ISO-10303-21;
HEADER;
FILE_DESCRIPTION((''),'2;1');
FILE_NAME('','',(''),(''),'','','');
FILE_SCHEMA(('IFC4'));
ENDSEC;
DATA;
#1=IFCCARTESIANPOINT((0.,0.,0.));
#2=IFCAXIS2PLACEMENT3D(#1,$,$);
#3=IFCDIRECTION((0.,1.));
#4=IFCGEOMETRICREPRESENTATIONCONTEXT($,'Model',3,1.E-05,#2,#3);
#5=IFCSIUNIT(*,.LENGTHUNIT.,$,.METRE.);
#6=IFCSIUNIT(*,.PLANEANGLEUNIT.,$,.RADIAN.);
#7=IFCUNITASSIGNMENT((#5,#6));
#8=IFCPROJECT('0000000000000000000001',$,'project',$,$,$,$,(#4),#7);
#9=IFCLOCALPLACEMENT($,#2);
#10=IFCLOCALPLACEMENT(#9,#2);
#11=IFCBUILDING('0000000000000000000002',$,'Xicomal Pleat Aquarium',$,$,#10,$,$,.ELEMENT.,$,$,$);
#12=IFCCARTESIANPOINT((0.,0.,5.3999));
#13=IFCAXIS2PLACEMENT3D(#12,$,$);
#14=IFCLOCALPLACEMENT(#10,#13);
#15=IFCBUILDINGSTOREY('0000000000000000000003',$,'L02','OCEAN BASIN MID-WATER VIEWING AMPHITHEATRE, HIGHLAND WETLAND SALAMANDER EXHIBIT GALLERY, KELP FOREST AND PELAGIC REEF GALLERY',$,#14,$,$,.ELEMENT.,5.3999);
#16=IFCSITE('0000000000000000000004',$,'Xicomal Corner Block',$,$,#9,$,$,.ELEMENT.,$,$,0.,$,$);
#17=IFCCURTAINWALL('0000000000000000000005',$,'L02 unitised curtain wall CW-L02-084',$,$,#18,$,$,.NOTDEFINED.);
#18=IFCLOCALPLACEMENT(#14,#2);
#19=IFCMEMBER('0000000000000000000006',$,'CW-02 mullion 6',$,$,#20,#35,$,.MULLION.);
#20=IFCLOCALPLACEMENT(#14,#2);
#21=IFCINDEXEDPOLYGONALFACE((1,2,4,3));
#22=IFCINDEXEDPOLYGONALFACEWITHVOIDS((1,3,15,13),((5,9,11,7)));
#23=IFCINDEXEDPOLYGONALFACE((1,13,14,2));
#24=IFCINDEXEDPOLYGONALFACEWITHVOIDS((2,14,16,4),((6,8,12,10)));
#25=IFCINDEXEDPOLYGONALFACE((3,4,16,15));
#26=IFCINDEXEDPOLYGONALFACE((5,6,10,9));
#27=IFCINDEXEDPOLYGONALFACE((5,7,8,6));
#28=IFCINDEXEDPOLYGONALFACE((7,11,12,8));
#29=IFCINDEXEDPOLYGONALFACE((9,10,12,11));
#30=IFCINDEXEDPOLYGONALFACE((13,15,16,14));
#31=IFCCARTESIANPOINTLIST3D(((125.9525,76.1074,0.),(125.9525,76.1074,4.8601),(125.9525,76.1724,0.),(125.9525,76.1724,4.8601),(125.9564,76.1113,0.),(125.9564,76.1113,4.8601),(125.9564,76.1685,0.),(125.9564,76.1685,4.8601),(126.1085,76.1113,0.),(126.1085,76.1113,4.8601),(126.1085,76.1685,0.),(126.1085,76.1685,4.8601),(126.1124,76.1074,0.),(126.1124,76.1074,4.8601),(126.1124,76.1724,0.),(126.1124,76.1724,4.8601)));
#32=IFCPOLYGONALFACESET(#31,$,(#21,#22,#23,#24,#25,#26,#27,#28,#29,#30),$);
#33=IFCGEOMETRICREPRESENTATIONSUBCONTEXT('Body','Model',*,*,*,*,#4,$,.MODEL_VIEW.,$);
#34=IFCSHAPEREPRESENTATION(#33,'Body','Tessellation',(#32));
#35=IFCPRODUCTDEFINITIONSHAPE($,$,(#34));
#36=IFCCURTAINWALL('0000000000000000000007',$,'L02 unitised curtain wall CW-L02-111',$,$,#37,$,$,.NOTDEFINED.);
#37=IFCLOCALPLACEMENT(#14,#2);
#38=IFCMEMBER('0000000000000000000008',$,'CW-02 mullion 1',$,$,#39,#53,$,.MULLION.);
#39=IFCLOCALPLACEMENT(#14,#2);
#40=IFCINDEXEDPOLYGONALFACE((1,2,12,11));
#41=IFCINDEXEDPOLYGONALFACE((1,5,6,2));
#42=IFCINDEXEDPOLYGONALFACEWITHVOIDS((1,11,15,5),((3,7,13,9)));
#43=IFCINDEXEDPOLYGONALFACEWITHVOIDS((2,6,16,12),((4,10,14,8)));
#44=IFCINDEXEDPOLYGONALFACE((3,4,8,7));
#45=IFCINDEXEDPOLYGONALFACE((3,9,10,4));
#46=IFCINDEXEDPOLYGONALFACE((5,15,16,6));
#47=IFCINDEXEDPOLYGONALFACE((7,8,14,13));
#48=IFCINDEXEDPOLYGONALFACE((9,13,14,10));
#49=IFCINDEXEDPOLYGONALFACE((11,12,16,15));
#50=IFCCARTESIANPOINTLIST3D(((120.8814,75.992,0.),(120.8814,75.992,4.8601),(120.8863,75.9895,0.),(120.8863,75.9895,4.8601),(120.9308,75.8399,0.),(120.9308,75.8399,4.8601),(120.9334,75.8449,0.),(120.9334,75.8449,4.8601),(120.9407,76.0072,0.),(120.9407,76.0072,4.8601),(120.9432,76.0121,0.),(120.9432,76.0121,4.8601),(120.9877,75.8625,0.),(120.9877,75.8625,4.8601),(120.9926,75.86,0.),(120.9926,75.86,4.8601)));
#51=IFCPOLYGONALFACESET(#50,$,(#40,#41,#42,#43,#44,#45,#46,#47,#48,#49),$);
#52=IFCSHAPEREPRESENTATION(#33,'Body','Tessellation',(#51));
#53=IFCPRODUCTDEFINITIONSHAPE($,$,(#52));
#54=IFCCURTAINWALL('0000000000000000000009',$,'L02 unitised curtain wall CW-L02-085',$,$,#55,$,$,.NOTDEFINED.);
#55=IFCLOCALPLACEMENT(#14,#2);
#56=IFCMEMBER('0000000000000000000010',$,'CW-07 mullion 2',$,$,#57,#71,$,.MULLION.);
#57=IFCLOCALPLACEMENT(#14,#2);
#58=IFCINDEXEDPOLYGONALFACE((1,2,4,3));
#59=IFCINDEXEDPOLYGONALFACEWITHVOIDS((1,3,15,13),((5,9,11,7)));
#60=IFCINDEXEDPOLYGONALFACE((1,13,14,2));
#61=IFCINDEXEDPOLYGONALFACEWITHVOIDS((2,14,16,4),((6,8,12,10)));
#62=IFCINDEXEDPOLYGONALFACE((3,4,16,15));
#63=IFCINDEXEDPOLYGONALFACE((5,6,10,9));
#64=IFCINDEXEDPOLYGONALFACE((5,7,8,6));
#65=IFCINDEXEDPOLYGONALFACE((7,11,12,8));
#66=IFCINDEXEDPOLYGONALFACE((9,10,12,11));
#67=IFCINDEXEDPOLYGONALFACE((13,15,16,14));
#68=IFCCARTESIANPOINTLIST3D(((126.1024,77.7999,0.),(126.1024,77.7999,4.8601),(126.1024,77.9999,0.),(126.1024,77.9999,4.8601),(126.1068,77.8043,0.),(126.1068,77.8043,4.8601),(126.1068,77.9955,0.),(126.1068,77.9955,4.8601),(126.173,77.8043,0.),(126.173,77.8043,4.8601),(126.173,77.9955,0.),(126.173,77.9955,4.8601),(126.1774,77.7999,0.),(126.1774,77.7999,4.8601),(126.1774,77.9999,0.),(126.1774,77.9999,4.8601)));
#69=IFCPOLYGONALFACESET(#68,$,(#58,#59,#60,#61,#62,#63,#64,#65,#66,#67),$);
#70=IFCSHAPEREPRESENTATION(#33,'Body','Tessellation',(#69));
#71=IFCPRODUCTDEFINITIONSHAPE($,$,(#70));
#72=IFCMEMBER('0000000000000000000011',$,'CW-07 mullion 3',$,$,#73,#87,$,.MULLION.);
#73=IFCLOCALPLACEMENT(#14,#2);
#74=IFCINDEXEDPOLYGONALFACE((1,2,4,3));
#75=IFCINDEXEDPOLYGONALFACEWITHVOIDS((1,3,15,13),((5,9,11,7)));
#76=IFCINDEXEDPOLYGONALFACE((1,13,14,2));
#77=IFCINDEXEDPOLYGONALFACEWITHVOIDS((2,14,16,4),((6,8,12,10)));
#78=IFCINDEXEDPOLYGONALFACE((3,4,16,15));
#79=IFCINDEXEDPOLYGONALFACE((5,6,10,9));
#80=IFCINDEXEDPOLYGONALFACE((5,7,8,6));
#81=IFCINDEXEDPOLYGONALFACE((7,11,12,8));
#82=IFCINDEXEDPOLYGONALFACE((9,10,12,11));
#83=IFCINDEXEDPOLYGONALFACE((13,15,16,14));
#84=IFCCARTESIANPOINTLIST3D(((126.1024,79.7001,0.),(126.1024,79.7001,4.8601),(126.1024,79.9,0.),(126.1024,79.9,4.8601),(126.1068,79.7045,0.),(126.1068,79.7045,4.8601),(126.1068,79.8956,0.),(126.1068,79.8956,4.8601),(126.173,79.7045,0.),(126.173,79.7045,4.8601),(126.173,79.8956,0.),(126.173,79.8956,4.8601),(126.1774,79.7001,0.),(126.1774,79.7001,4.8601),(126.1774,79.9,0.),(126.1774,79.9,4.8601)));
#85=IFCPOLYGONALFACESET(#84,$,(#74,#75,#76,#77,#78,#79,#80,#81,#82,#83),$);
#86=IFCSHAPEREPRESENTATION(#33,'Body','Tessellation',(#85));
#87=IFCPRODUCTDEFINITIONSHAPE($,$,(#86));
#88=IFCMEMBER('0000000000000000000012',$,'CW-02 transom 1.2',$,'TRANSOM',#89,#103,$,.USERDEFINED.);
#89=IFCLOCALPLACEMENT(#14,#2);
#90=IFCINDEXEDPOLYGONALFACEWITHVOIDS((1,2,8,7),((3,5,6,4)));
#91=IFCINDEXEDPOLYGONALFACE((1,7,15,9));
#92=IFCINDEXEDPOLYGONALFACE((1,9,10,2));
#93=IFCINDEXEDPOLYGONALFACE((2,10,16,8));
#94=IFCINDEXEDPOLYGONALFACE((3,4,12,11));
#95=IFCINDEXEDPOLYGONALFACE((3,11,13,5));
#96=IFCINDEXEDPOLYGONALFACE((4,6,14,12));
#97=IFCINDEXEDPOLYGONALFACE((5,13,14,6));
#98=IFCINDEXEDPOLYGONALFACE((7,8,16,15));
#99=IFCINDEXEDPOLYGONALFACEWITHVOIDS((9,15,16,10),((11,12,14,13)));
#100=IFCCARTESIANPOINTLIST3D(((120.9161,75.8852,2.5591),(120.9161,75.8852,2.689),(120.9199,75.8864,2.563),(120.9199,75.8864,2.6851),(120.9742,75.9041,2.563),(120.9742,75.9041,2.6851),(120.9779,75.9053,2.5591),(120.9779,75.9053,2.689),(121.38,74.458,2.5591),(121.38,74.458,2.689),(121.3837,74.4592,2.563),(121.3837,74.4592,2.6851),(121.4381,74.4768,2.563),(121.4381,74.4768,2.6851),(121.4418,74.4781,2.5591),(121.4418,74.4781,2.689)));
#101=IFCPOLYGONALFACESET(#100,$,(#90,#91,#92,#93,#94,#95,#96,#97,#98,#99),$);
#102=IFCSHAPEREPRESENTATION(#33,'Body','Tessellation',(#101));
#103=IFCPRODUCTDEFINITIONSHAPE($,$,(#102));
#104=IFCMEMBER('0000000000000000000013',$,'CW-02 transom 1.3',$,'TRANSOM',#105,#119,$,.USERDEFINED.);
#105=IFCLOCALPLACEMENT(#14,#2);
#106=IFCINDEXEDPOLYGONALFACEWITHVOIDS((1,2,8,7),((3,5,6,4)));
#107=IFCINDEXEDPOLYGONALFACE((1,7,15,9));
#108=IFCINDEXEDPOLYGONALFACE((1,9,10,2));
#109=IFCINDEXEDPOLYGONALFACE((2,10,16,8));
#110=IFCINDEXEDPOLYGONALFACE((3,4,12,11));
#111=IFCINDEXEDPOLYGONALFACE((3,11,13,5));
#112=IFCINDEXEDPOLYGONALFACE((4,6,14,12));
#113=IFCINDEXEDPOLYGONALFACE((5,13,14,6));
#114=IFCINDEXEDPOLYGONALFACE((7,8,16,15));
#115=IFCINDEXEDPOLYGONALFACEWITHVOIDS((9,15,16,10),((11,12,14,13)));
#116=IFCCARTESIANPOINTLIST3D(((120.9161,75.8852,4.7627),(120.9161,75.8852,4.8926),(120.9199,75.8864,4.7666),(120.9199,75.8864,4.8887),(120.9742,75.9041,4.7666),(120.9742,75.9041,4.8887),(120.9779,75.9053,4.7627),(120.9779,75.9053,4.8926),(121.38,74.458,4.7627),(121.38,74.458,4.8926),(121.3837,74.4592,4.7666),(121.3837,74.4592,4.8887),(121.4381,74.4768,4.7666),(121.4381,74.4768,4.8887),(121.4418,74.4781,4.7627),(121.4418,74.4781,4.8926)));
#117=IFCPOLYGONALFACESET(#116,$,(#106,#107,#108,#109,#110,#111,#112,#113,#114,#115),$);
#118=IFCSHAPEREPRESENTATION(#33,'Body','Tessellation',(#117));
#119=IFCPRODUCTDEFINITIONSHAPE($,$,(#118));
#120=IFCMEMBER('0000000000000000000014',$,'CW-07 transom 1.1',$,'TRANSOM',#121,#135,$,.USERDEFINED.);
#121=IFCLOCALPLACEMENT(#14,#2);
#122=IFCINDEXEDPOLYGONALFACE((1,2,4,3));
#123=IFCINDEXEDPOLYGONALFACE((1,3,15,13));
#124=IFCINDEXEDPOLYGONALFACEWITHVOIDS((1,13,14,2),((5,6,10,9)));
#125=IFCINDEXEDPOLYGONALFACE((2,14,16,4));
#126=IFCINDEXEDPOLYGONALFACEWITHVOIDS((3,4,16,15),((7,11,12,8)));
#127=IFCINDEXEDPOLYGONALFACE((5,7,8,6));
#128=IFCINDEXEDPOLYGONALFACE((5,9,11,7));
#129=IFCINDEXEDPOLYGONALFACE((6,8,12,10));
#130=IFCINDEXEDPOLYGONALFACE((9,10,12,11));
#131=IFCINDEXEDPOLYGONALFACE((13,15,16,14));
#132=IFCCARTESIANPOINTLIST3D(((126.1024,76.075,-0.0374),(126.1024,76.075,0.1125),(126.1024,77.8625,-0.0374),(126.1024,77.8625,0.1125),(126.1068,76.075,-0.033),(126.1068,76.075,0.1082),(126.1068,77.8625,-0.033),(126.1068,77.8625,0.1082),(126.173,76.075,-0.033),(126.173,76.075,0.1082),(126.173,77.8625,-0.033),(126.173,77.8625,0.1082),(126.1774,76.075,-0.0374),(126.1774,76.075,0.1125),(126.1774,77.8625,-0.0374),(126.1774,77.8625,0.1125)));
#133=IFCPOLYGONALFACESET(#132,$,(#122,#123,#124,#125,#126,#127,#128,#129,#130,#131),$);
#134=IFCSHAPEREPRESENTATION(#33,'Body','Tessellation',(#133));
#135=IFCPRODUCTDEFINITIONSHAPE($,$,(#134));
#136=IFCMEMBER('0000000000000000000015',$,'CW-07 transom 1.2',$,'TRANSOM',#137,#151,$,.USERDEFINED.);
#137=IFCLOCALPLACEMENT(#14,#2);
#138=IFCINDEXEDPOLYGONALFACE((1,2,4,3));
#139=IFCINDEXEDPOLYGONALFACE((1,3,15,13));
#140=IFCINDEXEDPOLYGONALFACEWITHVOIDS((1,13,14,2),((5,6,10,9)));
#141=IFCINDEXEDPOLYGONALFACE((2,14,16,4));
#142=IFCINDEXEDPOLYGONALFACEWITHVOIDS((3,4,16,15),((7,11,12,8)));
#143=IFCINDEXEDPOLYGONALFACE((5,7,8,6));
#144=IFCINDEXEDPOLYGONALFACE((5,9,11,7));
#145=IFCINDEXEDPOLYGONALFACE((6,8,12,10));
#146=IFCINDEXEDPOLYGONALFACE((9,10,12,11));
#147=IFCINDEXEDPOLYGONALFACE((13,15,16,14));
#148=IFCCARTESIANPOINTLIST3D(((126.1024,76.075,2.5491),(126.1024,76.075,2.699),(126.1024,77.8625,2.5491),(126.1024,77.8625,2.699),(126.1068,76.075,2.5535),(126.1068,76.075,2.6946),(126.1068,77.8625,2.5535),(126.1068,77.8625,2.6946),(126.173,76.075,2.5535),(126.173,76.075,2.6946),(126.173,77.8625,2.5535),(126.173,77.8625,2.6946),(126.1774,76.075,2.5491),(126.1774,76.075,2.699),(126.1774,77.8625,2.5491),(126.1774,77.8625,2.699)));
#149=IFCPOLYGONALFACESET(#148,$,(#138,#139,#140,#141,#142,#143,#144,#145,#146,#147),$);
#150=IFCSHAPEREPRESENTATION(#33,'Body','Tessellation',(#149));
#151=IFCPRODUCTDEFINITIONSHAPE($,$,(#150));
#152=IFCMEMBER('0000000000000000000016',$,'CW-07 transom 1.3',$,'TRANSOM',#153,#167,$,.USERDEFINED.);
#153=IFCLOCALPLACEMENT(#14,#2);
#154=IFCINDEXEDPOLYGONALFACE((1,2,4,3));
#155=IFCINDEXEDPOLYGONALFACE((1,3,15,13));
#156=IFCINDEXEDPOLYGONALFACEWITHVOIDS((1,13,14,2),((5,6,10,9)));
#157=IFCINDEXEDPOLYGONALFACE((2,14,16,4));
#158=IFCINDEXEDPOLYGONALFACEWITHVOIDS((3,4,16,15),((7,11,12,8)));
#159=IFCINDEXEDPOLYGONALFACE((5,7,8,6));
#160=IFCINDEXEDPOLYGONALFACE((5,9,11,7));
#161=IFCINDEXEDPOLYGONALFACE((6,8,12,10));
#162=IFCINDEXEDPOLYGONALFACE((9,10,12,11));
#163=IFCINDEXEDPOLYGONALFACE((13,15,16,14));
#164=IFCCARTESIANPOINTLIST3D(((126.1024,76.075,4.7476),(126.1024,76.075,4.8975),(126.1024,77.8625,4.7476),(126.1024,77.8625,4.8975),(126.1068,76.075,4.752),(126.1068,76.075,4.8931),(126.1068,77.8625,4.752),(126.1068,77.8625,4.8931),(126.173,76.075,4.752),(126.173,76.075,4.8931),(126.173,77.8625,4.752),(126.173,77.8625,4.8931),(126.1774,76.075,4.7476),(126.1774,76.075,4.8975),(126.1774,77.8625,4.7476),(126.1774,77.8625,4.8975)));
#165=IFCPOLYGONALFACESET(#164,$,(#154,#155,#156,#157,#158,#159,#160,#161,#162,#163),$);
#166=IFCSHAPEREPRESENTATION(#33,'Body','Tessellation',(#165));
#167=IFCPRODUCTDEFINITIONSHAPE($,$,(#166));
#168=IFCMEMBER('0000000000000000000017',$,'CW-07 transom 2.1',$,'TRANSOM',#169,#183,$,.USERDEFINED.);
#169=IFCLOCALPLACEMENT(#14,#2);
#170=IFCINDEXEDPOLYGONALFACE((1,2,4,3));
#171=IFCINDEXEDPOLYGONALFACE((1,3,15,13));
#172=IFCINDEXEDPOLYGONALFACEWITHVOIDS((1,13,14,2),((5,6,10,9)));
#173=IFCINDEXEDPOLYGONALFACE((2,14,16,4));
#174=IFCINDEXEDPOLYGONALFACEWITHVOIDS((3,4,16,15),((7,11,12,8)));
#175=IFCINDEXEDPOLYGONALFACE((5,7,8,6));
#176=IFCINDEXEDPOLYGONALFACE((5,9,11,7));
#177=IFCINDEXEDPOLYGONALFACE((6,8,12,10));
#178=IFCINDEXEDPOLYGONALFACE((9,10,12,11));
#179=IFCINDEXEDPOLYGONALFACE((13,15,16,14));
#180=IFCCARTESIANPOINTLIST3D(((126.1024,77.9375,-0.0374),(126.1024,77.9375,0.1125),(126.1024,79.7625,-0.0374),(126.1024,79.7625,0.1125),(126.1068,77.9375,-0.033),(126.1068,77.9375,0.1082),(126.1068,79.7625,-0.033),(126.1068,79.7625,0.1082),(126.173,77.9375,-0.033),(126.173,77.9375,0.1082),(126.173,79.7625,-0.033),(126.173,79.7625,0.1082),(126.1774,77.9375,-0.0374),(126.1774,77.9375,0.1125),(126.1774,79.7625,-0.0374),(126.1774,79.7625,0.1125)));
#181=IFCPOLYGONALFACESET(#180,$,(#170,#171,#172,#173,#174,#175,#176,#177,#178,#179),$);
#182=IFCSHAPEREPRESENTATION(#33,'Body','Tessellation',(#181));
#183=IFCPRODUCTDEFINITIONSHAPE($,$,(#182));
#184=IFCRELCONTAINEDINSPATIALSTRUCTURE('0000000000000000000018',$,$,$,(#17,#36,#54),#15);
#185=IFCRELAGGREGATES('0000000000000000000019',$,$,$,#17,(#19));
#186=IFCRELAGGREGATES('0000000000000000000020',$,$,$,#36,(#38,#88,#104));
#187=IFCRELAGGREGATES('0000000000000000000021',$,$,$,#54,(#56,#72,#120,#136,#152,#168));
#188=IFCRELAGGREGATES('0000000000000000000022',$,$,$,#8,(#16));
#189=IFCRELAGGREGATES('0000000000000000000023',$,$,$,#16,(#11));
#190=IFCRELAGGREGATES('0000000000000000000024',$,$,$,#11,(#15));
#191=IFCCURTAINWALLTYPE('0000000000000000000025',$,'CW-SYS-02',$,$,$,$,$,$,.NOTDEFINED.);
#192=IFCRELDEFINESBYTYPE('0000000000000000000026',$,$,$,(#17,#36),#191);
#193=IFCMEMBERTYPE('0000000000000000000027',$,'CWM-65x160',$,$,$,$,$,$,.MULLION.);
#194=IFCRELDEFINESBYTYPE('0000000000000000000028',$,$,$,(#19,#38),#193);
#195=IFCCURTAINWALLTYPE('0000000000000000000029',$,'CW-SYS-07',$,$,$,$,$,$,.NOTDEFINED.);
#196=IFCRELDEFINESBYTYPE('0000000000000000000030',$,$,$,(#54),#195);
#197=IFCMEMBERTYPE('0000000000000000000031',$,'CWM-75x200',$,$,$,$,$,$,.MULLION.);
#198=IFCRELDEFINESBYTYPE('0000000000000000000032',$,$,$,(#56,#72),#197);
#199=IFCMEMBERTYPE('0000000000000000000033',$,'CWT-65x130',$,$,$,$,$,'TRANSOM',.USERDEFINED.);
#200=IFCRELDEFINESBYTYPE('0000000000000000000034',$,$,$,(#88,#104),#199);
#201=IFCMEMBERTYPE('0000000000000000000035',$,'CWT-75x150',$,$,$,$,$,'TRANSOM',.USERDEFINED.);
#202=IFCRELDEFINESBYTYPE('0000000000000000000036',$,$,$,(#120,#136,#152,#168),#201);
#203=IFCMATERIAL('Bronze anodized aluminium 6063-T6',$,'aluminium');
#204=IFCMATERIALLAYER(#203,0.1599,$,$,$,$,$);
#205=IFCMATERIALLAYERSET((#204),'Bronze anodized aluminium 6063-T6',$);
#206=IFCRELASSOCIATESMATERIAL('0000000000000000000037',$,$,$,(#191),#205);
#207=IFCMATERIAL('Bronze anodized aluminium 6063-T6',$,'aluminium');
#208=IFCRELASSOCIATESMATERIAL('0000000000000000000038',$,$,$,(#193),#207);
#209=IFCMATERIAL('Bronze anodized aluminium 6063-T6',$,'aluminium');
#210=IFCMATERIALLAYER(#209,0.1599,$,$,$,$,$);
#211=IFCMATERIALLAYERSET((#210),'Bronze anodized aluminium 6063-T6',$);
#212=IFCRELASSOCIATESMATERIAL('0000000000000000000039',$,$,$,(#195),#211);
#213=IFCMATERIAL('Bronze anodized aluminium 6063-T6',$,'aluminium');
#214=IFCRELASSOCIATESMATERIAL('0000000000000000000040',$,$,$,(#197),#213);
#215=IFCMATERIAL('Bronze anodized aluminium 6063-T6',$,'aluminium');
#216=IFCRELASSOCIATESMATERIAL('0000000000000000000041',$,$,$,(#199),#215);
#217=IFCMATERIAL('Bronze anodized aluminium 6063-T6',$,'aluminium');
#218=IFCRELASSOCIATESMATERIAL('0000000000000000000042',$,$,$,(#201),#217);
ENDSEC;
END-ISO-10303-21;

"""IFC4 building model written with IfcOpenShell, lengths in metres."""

from ifc_helpers import new_model, si_unit, direction, frame, origin, origin_2d, place, context, subcontext, project, spatial, hollow_rectangle, extrude, material, layer, layer_set, material_profile, profile_set, type_object, element, aggregate, save


model = new_model("IFC4")

# Units and contexts
model_context = context("Model", 3, precision=1e-05, world=origin(), true_north=direction((0.0, 1.0)))
body_context = subcontext(model_context, "Body", "Model", "MODEL_VIEW")
ifc_project = project(units=[si_unit("LENGTHUNIT", "METRE"), si_unit("PLANEANGLEUNIT", "RADIAN")], contexts=[model_context])

# Site, building, storey
site_placement = place(None, origin())
site = spatial("IfcSite", under=ifc_project, at=site_placement, Name="Xicomal Corner Block", CompositionType="ELEMENT", RefElevation=0.0)
building_placement = place(site_placement, origin())
building = spatial("IfcBuilding", under=site, at=building_placement, Name="Xicomal Pleat Aquarium", CompositionType="ELEMENT")
storey_placement = place(building_placement, frame((0.0, 0.0, 5.3999)))
storey = spatial("IfcBuildingStorey", under=building, at=storey_placement, Name="L02", Description="OCEAN BASIN MID-WATER VIEWING AMPHITHEATRE, HIGHLAND WETLAND SALAMANDER EXHIBIT GALLERY, KELP FOREST AND PELAGIC REEF GALLERY", CompositionType="ELEMENT", Elevation=5.3999)

# Curtain walls, members
ifc_material_1 = material(Name="Bronze anodized aluminium 6063-T6", Category="aluminium")
ifc_layer_1 = layer(ifc_material_1, 0.1599)
ifc_layer_set_1 = layer_set([ifc_layer_1], Name="Bronze anodized aluminium 6063-T6")
curtain_wall_type_1 = type_object("IfcCurtainWallType", Name="CW-SYS-02", PredefinedType="NOTDEFINED", material=ifc_layer_set_1)
curtain_wall_1_placement = place(storey_placement, origin())
curtain_wall_1 = element("IfcCurtainWall", 1, at=curtain_wall_1_placement, inside=storey, type_object=curtain_wall_type_1, Name="L02 unitised curtain wall CW-L02-084", PredefinedType="NOTDEFINED")
ifc_material_2 = material(Name="Bronze anodized aluminium 6063-T6", Category="aluminium")
ifc_material_profile_1 = material_profile(ifc_material_2, hollow_rectangle(XDim=0.0649, YDim=0.1599, WallThickness=0.0039, at=origin_2d()), Name="ALU MULL 65x160")
ifc_profile_set_1 = profile_set([ifc_material_profile_1], Name="Bronze anodized aluminium 6063-T6")
member_type_1 = type_object("IfcMemberType", Name="CWM-65x160", PredefinedType="MULLION", material=ifc_profile_set_1)
member_1_placement = place(storey_placement, frame((126.0325, 76.1399, 0.0), z_axis=(0.0, 0.0, 1.0), x_axis=(0.0, -1.0, 0.0)))
member_1 = element("IfcMember", 2, at=member_1_placement, type_object=member_type_1, Name="CW-02 mullion 6", PredefinedType="MULLION", context=body_context, shape_type="SweptSolid", body=[
    extrude(hollow_rectangle(XDim=0.0649, YDim=0.1599, WallThickness=0.0039, at=origin_2d()), origin(), (0.0, 0.0, 1.0), 4.8601),
])
aggregate(curtain_wall_1, [member_1])
curtain_wall_2_placement = place(storey_placement, origin())
curtain_wall_2 = element("IfcCurtainWall", 3, at=curtain_wall_2_placement, inside=storey, type_object=curtain_wall_type_1, Name="L02 unitised curtain wall CW-L02-111", PredefinedType="NOTDEFINED")
member_2_placement = place(storey_placement, frame((120.937, 75.926, 0.0), z_axis=(0.0, 0.0, 1.0), x_axis=(0.951034, 0.309086, 0.0)))
member_2 = element("IfcMember", 4, at=member_2_placement, type_object=member_type_1, Name="CW-02 mullion 1", PredefinedType="MULLION", context=body_context, shape_type="SweptSolid", body=[
    extrude(hollow_rectangle(XDim=0.0649, YDim=0.1599, WallThickness=0.0039, at=origin_2d()), origin(), (0.0, 0.0, 1.0), 4.8601),
])

# Curtain wall, members
ifc_material_3 = material(Name="Bronze anodized aluminium 6063-T6", Category="aluminium")
ifc_layer_2 = layer(ifc_material_3, 0.1599)
ifc_layer_set_2 = layer_set([ifc_layer_2], Name="Bronze anodized aluminium 6063-T6")
curtain_wall_type_2 = type_object("IfcCurtainWallType", Name="CW-SYS-07", PredefinedType="NOTDEFINED", material=ifc_layer_set_2)
curtain_wall_3_placement = place(storey_placement, origin())
curtain_wall_3 = element("IfcCurtainWall", 5, at=curtain_wall_3_placement, inside=storey, type_object=curtain_wall_type_2, Name="L02 unitised curtain wall CW-L02-085", PredefinedType="NOTDEFINED")
ifc_material_4 = material(Name="Bronze anodized aluminium 6063-T6", Category="aluminium")
ifc_material_profile_2 = material_profile(ifc_material_4, hollow_rectangle(XDim=0.075, YDim=0.2, WallThickness=0.0044, at=origin_2d()), Name="ALU MULL 75x200")
ifc_profile_set_2 = profile_set([ifc_material_profile_2], Name="Bronze anodized aluminium 6063-T6")
member_type_2 = type_object("IfcMemberType", Name="CWM-75x200", PredefinedType="MULLION", material=ifc_profile_set_2)
member_3_placement = place(storey_placement, frame((126.1399, 77.8999, 0.0), z_axis=(0.0, 0.0, 1.0), x_axis=(-1.0, 0.0, 0.0)))
member_3 = element("IfcMember", 6, at=member_3_placement, type_object=member_type_2, Name="CW-07 mullion 2", PredefinedType="MULLION", context=body_context, shape_type="SweptSolid", body=[
    extrude(hollow_rectangle(XDim=0.075, YDim=0.2, WallThickness=0.0044, at=origin_2d()), origin(), (0.0, 0.0, 1.0), 4.8601),
])
member_4_placement = place(storey_placement, frame((126.1399, 79.8, 0.0), z_axis=(0.0, 0.0, 1.0), x_axis=(-1.0, 0.0, 0.0)))
member_4 = element("IfcMember", 7, at=member_4_placement, type_object=member_type_2, Name="CW-07 mullion 3", PredefinedType="MULLION", context=body_context, shape_type="SweptSolid", body=[
    extrude(hollow_rectangle(XDim=0.075, YDim=0.2, WallThickness=0.0044, at=origin_2d()), origin(), (0.0, 0.0, 1.0), 4.8601),
])

# Members
ifc_material_5 = material(Name="Bronze anodized aluminium 6063-T6", Category="aluminium")
ifc_material_profile_3 = material_profile(ifc_material_5, hollow_rectangle(XDim=0.0649, YDim=0.1299, WallThickness=0.0039, at=origin_2d()), Name="ALU TRAN 65x130")
ifc_profile_set_3 = profile_set([ifc_material_profile_3], Name="Bronze anodized aluminium 6063-T6")
member_type_3 = type_object("IfcMemberType", Name="CWT-65x130", ElementType="TRANSOM", PredefinedType="USERDEFINED", material=ifc_profile_set_3)
member_5_placement = place(storey_placement, frame((120.947, 75.8953, 2.624), z_axis=(0.309093, -0.951032, 0.0), x_axis=(0.951032, 0.309093, 0.0)))
member_5 = element("IfcMember", 8, at=member_5_placement, type_object=member_type_3, Name="CW-02 transom 1.2", ObjectType="TRANSOM", PredefinedType="USERDEFINED", context=body_context, shape_type="SweptSolid", body=[
    extrude(hollow_rectangle(XDim=0.0649, YDim=0.1299, WallThickness=0.0039, at=origin_2d()), origin(), (0.0, 0.0, 1.0), 1.5007),
])
member_6_placement = place(storey_placement, frame((120.947, 75.8953, 4.8276), z_axis=(0.309093, -0.951032, 0.0), x_axis=(0.951032, 0.309093, 0.0)))
member_6 = element("IfcMember", 9, at=member_6_placement, type_object=member_type_3, Name="CW-02 transom 1.3", ObjectType="TRANSOM", PredefinedType="USERDEFINED", context=body_context, shape_type="SweptSolid", body=[
    extrude(hollow_rectangle(XDim=0.0649, YDim=0.1299, WallThickness=0.0039, at=origin_2d()), origin(), (0.0, 0.0, 1.0), 1.5007),
])
aggregate(curtain_wall_2, [member_2, member_5, member_6])
ifc_material_6 = material(Name="Bronze anodized aluminium 6063-T6", Category="aluminium")
ifc_material_profile_4 = material_profile(ifc_material_6, hollow_rectangle(XDim=0.075, YDim=0.1499, WallThickness=0.0044, at=origin_2d()), Name="ALU TRAN 75x150")
ifc_profile_set_4 = profile_set([ifc_material_profile_4], Name="Bronze anodized aluminium 6063-T6")
member_type_4 = type_object("IfcMemberType", Name="CWT-75x150", ElementType="TRANSOM", PredefinedType="USERDEFINED", material=ifc_profile_set_4)
member_7_placement = place(storey_placement, frame((126.1399, 76.075, 0.0376), z_axis=(0.0, 1.0, 0.0), x_axis=(-1.0, 0.0, 0.0)))
member_7 = element("IfcMember", 10, at=member_7_placement, type_object=member_type_4, Name="CW-07 transom 1.1", ObjectType="TRANSOM", PredefinedType="USERDEFINED", context=body_context, shape_type="SweptSolid", body=[
    extrude(hollow_rectangle(XDim=0.075, YDim=0.1499, WallThickness=0.0044, at=origin_2d()), origin(), (0.0, 0.0, 1.0), 1.7876),
])
member_8_placement = place(storey_placement, frame((126.1399, 76.075, 2.624), z_axis=(0.0, 1.0, 0.0), x_axis=(-1.0, 0.0, 0.0)))
member_8 = element("IfcMember", 11, at=member_8_placement, type_object=member_type_4, Name="CW-07 transom 1.2", ObjectType="TRANSOM", PredefinedType="USERDEFINED", context=body_context, shape_type="SweptSolid", body=[
    extrude(hollow_rectangle(XDim=0.075, YDim=0.1499, WallThickness=0.0044, at=origin_2d()), origin(), (0.0, 0.0, 1.0), 1.7876),
])
member_9_placement = place(storey_placement, frame((126.1399, 76.075, 4.8225), z_axis=(0.0, 1.0, 0.0), x_axis=(-1.0, 0.0, 0.0)))
member_9 = element("IfcMember", 12, at=member_9_placement, type_object=member_type_4, Name="CW-07 transom 1.3", ObjectType="TRANSOM", PredefinedType="USERDEFINED", context=body_context, shape_type="SweptSolid", body=[
    extrude(hollow_rectangle(XDim=0.075, YDim=0.1499, WallThickness=0.0044, at=origin_2d()), origin(), (0.0, 0.0, 1.0), 1.7876),
])
member_10_placement = place(storey_placement, frame((126.1399, 77.9375, 0.0376), z_axis=(0.0, 1.0, 0.0), x_axis=(-1.0, 0.0, 0.0)))
member_10 = element("IfcMember", 13, at=member_10_placement, type_object=member_type_4, Name="CW-07 transom 2.1", ObjectType="TRANSOM", PredefinedType="USERDEFINED", context=body_context, shape_type="SweptSolid", body=[
    extrude(hollow_rectangle(XDim=0.075, YDim=0.1499, WallThickness=0.0044, at=origin_2d()), origin(), (0.0, 0.0, 1.0), 1.825),
])

aggregate(curtain_wall_3, [member_3, member_4, member_7, member_8, member_9, member_10])

save(model, "model.ifc")
